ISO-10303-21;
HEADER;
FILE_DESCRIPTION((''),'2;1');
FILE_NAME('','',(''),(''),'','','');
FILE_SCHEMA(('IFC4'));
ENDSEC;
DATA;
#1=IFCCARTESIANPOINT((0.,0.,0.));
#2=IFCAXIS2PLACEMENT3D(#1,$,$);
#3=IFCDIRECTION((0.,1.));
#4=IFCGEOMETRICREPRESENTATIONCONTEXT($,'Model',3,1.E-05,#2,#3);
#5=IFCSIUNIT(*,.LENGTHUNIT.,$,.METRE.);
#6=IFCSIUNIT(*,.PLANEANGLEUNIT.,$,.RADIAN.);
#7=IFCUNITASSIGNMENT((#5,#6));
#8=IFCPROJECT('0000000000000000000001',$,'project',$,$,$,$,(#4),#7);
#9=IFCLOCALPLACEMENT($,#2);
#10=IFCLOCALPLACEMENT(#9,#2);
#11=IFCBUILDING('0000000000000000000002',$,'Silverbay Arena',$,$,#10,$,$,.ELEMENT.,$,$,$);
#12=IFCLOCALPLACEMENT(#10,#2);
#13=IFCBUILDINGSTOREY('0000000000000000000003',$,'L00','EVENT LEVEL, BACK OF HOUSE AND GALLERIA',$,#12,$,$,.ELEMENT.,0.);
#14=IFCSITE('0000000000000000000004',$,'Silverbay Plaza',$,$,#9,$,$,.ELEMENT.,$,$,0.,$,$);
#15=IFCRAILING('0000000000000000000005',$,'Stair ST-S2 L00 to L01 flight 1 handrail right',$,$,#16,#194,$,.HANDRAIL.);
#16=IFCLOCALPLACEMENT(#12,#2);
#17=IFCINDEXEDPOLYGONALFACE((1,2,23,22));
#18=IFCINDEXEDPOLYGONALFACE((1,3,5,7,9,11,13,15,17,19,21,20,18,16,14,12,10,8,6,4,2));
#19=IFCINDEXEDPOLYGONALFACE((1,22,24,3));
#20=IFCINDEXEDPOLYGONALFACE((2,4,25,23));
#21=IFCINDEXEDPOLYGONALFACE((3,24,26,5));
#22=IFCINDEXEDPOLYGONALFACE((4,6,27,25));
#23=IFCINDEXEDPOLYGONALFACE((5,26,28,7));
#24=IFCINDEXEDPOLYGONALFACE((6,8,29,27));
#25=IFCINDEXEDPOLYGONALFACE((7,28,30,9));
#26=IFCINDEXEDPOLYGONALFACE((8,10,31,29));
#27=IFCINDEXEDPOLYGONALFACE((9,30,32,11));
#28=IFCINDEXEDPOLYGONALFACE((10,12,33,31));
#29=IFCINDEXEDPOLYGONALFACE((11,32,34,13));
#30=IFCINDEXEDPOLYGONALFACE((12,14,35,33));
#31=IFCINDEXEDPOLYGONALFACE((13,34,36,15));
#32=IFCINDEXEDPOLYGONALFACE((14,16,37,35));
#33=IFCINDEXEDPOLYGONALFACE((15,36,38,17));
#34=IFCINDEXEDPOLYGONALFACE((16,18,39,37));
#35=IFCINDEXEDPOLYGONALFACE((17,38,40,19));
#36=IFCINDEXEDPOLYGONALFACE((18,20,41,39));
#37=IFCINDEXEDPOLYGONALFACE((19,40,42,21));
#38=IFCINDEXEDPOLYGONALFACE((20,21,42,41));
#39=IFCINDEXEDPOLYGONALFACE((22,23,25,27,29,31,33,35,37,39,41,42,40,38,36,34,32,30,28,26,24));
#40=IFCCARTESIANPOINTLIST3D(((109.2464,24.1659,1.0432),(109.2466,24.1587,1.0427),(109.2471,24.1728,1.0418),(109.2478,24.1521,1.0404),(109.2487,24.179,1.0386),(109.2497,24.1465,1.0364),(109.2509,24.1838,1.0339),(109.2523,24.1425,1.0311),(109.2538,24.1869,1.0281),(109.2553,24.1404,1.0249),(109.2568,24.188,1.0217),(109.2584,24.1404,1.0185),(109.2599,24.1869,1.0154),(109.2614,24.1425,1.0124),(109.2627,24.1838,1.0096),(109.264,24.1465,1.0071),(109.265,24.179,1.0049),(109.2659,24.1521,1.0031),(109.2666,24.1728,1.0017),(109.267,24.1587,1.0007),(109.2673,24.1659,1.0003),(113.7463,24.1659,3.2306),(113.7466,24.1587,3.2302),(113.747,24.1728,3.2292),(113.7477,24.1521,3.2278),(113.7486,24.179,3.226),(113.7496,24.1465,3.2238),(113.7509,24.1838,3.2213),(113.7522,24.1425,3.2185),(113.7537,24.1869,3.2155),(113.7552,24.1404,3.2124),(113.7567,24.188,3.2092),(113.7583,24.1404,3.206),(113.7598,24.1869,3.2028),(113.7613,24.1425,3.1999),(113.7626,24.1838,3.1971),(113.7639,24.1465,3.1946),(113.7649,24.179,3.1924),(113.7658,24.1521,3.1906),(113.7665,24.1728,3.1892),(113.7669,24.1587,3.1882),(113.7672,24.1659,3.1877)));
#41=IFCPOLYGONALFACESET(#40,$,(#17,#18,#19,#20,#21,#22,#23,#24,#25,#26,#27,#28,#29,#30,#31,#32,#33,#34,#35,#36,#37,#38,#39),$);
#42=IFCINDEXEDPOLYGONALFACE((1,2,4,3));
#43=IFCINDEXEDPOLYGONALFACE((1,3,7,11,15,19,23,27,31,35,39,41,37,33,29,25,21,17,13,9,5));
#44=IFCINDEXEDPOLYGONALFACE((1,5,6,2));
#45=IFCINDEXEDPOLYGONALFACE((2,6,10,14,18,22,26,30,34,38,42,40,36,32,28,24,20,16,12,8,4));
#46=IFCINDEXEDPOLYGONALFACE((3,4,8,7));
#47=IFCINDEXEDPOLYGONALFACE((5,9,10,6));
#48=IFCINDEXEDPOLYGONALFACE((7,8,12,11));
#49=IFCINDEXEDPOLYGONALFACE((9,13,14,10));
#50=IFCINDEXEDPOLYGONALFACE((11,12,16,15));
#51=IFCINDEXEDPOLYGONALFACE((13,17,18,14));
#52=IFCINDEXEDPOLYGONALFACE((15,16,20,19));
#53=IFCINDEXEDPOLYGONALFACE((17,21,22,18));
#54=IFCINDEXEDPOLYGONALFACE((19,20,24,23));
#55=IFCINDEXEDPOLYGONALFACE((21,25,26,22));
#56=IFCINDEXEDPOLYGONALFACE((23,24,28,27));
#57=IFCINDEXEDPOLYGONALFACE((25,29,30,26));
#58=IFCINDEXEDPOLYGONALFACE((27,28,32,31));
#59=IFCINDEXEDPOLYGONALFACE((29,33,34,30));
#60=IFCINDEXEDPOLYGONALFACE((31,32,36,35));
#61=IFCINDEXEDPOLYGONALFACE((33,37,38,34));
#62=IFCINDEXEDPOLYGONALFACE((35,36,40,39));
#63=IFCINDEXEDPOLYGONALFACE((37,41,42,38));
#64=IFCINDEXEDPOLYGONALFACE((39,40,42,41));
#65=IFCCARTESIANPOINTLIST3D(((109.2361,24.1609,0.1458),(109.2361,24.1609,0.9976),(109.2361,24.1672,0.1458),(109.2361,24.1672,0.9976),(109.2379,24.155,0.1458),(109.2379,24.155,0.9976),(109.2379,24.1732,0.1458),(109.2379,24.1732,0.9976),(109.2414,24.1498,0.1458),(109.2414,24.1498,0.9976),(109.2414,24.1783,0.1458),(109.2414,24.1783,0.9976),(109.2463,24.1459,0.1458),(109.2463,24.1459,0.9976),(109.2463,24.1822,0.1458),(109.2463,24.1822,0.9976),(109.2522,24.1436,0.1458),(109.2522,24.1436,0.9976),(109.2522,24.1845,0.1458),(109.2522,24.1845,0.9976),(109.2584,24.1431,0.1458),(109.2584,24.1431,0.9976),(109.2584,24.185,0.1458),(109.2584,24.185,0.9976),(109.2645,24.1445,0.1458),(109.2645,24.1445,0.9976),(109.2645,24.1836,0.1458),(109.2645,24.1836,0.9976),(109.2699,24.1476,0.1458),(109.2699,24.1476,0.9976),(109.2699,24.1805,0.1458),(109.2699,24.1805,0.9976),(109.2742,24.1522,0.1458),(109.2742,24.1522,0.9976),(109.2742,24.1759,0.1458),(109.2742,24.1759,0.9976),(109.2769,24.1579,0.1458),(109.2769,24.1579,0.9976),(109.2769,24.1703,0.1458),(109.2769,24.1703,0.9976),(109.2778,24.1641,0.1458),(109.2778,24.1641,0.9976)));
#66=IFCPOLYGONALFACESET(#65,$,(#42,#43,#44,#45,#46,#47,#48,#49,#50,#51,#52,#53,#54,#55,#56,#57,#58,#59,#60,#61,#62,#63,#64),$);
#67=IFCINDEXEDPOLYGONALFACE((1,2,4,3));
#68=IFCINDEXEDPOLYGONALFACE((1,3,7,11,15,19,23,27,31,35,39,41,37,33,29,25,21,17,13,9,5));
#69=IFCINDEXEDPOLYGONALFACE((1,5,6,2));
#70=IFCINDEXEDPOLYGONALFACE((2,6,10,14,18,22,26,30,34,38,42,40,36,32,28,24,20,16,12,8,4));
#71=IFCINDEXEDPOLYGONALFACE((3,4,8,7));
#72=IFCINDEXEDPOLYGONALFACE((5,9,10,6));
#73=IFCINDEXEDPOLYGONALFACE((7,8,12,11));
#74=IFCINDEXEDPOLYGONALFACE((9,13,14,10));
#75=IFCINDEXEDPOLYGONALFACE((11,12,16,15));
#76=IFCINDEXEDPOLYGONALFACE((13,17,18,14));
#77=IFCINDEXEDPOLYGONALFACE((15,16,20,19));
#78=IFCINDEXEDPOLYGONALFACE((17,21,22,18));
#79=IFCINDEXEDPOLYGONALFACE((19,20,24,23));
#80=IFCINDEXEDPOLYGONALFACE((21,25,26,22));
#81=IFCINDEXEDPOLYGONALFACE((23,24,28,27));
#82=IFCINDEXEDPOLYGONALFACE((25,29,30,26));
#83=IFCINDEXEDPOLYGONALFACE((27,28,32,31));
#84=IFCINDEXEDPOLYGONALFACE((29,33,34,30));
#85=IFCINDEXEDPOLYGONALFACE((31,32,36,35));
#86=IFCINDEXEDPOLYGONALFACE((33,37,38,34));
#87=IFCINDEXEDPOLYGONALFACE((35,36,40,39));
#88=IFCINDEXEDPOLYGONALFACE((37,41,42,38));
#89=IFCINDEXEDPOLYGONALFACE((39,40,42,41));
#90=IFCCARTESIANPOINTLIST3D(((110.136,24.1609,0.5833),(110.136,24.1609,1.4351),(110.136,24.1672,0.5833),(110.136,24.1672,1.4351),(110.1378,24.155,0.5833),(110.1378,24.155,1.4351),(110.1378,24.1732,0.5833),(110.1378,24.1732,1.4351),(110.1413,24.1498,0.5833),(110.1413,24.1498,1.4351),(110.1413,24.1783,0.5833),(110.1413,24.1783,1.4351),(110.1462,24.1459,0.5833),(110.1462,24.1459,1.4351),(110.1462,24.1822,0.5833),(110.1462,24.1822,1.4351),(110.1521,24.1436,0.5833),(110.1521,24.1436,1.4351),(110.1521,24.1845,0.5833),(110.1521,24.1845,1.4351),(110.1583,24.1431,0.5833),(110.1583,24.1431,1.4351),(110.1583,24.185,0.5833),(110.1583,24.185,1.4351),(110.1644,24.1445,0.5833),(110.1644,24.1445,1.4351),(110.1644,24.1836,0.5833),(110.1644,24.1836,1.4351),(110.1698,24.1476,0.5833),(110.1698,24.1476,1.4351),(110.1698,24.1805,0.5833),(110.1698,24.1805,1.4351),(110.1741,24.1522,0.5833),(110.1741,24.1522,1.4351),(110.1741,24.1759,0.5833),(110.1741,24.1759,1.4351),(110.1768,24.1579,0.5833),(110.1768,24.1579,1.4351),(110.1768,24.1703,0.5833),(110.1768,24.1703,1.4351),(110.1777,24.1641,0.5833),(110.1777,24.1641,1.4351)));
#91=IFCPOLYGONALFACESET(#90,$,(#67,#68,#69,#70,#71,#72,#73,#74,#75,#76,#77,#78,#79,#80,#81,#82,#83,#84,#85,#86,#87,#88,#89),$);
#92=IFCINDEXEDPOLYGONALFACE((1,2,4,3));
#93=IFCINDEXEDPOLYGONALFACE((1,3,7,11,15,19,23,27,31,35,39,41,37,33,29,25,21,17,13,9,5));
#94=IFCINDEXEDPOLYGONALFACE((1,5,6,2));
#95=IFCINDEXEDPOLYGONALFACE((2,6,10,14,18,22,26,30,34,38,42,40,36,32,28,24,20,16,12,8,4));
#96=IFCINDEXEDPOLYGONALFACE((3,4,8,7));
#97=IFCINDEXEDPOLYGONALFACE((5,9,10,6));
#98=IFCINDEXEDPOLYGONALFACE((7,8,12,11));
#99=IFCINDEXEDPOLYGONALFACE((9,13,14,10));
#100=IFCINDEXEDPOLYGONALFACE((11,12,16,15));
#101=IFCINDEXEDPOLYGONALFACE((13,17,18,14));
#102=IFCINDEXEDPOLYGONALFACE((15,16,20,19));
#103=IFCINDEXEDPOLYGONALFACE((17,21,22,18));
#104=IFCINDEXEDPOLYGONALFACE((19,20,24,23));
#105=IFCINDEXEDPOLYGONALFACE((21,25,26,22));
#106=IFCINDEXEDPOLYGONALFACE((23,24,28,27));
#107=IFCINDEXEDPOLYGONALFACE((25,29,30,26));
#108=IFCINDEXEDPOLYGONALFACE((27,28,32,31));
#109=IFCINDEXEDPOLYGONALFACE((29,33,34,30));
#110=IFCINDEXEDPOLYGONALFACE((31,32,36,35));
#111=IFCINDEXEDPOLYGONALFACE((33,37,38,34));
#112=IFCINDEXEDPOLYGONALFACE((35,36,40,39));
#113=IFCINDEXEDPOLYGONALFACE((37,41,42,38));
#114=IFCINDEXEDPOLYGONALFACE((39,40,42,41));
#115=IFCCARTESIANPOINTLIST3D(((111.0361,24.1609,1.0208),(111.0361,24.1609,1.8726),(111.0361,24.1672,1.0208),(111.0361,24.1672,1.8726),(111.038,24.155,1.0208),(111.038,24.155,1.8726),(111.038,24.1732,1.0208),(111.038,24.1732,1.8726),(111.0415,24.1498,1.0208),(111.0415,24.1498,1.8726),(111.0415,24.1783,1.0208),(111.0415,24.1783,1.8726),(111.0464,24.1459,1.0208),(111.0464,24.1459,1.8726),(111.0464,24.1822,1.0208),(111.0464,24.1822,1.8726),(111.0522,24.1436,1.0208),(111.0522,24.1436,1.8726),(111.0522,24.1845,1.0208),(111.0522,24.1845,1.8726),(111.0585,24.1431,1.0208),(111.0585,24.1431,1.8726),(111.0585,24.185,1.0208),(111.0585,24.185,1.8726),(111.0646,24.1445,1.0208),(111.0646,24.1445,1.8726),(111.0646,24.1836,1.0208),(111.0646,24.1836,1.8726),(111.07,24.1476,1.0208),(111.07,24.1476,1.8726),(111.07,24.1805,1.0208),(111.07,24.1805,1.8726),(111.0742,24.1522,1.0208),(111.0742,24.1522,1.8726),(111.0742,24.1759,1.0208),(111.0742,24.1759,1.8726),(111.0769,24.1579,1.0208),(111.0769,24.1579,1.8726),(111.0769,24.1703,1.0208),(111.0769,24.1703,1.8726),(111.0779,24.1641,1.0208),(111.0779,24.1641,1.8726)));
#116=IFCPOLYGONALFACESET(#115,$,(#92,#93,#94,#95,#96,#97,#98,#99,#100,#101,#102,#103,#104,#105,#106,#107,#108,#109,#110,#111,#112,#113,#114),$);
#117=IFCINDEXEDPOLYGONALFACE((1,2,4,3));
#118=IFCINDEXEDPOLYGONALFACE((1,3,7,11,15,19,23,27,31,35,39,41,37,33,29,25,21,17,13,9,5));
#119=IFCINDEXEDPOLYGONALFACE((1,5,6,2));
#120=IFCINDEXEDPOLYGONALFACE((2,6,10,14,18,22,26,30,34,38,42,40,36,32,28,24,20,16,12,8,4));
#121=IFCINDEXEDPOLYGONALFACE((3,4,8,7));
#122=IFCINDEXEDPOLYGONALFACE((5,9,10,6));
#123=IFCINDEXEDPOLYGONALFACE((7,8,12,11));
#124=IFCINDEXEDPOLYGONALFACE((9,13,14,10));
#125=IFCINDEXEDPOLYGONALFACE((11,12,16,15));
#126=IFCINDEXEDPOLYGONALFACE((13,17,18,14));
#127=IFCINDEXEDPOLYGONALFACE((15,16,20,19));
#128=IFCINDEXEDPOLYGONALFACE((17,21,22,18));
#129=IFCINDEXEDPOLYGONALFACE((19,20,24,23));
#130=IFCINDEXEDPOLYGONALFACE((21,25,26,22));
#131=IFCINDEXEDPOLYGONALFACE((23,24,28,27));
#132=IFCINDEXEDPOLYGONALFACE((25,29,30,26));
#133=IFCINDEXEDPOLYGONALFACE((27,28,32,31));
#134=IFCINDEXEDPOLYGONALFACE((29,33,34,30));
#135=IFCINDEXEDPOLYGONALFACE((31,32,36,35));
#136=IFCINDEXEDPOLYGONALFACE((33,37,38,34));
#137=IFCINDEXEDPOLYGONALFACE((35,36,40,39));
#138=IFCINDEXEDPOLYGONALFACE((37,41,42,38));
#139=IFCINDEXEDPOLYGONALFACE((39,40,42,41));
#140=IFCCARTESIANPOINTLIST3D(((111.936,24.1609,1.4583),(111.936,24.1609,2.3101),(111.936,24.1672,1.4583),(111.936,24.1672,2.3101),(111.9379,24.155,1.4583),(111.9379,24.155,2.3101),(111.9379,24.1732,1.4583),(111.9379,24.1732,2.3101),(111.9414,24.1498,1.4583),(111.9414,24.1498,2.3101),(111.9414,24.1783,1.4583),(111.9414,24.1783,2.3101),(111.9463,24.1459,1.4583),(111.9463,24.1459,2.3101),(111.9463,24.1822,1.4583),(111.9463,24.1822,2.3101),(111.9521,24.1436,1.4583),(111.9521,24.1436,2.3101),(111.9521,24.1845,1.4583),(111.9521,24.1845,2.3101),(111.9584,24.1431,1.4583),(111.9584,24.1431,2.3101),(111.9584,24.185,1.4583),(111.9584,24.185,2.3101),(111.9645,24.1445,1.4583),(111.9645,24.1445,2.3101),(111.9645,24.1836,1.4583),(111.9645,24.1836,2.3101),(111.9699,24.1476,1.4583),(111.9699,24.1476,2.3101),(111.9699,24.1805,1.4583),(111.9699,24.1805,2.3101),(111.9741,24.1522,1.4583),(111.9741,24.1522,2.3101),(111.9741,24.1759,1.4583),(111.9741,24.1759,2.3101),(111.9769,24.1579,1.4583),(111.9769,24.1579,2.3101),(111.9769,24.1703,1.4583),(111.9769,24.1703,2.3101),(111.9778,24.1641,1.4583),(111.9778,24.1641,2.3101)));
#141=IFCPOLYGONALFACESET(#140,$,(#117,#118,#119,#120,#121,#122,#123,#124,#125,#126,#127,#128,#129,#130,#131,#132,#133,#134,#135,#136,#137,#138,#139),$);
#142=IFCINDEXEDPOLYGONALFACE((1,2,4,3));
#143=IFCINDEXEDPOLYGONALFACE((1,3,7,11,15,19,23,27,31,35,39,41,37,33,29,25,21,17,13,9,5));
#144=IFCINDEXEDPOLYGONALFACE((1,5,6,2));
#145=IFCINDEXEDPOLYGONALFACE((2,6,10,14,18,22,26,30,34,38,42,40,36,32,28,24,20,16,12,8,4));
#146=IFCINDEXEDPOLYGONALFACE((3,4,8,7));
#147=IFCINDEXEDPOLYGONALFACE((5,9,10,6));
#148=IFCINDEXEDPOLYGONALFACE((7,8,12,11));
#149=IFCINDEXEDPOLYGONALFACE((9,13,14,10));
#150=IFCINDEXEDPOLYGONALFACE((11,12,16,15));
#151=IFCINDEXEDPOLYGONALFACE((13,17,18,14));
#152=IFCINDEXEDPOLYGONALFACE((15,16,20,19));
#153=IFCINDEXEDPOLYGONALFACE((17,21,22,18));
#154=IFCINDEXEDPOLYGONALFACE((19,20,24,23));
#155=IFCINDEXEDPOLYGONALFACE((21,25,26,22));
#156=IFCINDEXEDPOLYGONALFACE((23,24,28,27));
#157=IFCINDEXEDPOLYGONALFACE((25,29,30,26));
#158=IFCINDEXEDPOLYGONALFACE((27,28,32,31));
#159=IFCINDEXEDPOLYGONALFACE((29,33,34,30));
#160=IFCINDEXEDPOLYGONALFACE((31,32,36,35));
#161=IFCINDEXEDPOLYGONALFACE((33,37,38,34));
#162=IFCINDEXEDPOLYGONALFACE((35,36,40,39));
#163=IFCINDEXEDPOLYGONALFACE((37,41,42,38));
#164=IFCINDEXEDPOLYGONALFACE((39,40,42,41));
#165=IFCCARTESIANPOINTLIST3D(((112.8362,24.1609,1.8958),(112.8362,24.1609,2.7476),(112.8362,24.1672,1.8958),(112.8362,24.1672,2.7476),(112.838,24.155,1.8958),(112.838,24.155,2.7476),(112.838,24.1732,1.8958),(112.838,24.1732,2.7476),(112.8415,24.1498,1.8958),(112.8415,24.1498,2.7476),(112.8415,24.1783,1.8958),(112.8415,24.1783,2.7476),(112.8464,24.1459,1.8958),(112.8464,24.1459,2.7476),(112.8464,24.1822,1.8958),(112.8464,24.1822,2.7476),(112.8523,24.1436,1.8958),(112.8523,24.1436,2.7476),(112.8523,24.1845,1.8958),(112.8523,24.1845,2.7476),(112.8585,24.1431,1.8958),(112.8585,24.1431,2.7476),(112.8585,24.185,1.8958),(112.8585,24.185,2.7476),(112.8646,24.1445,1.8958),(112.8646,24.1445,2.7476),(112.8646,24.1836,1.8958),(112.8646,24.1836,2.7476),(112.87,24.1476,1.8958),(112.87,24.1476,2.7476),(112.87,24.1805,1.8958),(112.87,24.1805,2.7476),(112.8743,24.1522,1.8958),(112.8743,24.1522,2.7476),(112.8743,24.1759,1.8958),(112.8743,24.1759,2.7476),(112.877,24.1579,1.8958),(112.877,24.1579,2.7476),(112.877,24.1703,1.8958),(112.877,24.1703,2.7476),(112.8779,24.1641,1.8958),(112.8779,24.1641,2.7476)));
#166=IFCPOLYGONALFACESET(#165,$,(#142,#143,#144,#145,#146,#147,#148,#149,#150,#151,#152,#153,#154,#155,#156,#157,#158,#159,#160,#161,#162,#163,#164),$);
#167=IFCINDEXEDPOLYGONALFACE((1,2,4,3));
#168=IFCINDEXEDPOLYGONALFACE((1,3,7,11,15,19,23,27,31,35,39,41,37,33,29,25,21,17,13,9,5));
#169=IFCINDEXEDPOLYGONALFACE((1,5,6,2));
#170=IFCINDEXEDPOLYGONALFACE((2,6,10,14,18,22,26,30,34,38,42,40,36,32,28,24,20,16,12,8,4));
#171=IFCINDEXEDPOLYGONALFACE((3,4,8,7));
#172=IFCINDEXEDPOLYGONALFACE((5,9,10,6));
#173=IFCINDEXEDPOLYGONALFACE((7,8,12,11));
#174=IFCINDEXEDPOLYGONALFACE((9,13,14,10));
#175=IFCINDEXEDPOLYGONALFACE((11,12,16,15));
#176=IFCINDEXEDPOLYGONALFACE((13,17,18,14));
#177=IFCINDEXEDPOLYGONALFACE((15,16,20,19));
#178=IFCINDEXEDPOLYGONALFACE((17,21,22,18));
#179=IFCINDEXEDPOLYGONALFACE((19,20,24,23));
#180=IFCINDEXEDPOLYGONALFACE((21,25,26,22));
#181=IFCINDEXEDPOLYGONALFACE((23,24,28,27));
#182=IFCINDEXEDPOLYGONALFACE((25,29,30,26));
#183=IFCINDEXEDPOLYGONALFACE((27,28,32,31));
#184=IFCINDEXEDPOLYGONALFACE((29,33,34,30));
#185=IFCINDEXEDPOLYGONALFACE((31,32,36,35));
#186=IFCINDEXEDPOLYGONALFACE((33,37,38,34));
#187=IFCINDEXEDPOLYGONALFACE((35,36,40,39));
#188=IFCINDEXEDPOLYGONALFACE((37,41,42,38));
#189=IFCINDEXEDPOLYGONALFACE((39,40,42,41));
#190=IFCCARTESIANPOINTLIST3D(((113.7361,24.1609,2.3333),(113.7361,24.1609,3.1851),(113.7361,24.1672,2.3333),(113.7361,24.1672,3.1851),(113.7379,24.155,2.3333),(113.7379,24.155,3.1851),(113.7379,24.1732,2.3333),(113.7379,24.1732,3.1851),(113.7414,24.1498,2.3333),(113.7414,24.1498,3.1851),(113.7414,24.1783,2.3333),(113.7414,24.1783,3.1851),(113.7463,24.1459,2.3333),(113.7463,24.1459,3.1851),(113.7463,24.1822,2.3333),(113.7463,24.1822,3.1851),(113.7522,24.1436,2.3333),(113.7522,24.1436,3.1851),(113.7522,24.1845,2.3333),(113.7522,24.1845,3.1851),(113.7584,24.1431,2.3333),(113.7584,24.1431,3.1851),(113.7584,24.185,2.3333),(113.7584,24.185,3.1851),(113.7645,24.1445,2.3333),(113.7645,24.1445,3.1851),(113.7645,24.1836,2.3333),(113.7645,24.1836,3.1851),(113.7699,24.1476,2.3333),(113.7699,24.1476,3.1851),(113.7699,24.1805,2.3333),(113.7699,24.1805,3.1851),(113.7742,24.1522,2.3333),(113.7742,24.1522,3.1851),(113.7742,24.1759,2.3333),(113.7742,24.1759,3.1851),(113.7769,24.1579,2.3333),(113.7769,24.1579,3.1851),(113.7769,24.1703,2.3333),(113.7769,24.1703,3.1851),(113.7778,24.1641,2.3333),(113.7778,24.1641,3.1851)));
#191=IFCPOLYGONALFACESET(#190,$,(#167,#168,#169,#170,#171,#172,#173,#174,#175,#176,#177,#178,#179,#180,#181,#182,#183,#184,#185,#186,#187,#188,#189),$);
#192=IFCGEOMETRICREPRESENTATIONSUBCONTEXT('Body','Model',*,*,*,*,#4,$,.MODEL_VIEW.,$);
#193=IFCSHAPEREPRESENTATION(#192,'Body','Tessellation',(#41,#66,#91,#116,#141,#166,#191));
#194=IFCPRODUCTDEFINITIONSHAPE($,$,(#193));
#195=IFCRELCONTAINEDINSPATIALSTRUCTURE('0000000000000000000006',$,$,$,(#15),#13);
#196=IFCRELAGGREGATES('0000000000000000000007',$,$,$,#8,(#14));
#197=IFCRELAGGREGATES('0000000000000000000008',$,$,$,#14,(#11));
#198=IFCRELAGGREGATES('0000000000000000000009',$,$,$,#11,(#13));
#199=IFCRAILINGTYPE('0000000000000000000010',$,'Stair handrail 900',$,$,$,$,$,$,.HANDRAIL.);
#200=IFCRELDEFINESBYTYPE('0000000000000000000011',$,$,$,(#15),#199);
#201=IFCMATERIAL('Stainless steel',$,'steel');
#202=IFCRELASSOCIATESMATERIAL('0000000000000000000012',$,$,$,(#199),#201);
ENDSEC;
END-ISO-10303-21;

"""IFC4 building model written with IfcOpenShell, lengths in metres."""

from ifc_helpers import new_model, si_unit, direction, frame, origin, origin_2d, place, context, subcontext, project, spatial, circle, extrude, material, type_object, element, save


model = new_model("IFC4")

# Units and contexts
model_context = context("Model", 3, precision=1e-05, world=origin(), true_north=direction((0.0, 1.0)))
body_context = subcontext(model_context, "Body", "Model", "MODEL_VIEW")
ifc_project = project(units=[si_unit("LENGTHUNIT", "METRE"), si_unit("PLANEANGLEUNIT", "RADIAN")], contexts=[model_context])

# Site, building, storey
site_placement = place(None, origin())
site = spatial("IfcSite", under=ifc_project, at=site_placement, Name="Silverbay Plaza", CompositionType="ELEMENT", RefElevation=0.0)
building_placement = place(site_placement, origin())
building = spatial("IfcBuilding", under=site, at=building_placement, Name="Silverbay Arena", CompositionType="ELEMENT")
storey_placement = place(building_placement, origin())
storey = spatial("IfcBuildingStorey", under=building, at=storey_placement, Name="L00", Description="EVENT LEVEL, BACK OF HOUSE AND GALLERIA", CompositionType="ELEMENT", Elevation=0.0)

# Railing
ifc_material_1 = material(Name="Stainless steel", Category="steel")
railing_type_1 = type_object("IfcRailingType", Name="Stair handrail 900", PredefinedType="HANDRAIL", material=ifc_material_1)
for number, where, name in (
    (1, (109.2568, 24.1641, 0.1458), "Stair ST-S2 L00 to L01 flight 1 handrail right"),
):
    element("IfcRailing", number, at=place(storey_placement, frame(where)), inside=storey, type_object=railing_type_1, Name=name, PredefinedType="HANDRAIL", context=body_context, shape_type="SweptSolid", body=[
        extrude(circle(Radius=0.0239, at=origin_2d()), frame((0.0, 0.0, 0.876), z_axis=(0.899368, 0.0, 0.437193), x_axis=(0.0, 1.0, 0.0)), (0.0, 0.0, 1.0), 5.0034),
        extrude(circle(Radius=0.021, at=origin_2d()), origin(), (0.0, 0.0, 1.0), 0.8518),
        extrude(circle(Radius=0.021, at=origin_2d()), frame((0.8999, 0.0, 0.4375)), (0.0, 0.0, 1.0), 0.8518),
        extrude(circle(Radius=0.021, at=origin_2d()), frame((1.8, 0.0, 0.875)), (0.0, 0.0, 1.0), 0.8518),
        extrude(circle(Radius=0.021, at=origin_2d()), frame((2.7, 0.0, 1.3125)), (0.0, 0.0, 1.0), 0.8518),
        extrude(circle(Radius=0.021, at=origin_2d()), frame((3.6001, 0.0, 1.75)), (0.0, 0.0, 1.0), 0.8518),
        extrude(circle(Radius=0.021, at=origin_2d()), frame((4.5, 0.0, 2.1875)), (0.0, 0.0, 1.0), 0.8518),
    ])

save(model, "model.ifc")
